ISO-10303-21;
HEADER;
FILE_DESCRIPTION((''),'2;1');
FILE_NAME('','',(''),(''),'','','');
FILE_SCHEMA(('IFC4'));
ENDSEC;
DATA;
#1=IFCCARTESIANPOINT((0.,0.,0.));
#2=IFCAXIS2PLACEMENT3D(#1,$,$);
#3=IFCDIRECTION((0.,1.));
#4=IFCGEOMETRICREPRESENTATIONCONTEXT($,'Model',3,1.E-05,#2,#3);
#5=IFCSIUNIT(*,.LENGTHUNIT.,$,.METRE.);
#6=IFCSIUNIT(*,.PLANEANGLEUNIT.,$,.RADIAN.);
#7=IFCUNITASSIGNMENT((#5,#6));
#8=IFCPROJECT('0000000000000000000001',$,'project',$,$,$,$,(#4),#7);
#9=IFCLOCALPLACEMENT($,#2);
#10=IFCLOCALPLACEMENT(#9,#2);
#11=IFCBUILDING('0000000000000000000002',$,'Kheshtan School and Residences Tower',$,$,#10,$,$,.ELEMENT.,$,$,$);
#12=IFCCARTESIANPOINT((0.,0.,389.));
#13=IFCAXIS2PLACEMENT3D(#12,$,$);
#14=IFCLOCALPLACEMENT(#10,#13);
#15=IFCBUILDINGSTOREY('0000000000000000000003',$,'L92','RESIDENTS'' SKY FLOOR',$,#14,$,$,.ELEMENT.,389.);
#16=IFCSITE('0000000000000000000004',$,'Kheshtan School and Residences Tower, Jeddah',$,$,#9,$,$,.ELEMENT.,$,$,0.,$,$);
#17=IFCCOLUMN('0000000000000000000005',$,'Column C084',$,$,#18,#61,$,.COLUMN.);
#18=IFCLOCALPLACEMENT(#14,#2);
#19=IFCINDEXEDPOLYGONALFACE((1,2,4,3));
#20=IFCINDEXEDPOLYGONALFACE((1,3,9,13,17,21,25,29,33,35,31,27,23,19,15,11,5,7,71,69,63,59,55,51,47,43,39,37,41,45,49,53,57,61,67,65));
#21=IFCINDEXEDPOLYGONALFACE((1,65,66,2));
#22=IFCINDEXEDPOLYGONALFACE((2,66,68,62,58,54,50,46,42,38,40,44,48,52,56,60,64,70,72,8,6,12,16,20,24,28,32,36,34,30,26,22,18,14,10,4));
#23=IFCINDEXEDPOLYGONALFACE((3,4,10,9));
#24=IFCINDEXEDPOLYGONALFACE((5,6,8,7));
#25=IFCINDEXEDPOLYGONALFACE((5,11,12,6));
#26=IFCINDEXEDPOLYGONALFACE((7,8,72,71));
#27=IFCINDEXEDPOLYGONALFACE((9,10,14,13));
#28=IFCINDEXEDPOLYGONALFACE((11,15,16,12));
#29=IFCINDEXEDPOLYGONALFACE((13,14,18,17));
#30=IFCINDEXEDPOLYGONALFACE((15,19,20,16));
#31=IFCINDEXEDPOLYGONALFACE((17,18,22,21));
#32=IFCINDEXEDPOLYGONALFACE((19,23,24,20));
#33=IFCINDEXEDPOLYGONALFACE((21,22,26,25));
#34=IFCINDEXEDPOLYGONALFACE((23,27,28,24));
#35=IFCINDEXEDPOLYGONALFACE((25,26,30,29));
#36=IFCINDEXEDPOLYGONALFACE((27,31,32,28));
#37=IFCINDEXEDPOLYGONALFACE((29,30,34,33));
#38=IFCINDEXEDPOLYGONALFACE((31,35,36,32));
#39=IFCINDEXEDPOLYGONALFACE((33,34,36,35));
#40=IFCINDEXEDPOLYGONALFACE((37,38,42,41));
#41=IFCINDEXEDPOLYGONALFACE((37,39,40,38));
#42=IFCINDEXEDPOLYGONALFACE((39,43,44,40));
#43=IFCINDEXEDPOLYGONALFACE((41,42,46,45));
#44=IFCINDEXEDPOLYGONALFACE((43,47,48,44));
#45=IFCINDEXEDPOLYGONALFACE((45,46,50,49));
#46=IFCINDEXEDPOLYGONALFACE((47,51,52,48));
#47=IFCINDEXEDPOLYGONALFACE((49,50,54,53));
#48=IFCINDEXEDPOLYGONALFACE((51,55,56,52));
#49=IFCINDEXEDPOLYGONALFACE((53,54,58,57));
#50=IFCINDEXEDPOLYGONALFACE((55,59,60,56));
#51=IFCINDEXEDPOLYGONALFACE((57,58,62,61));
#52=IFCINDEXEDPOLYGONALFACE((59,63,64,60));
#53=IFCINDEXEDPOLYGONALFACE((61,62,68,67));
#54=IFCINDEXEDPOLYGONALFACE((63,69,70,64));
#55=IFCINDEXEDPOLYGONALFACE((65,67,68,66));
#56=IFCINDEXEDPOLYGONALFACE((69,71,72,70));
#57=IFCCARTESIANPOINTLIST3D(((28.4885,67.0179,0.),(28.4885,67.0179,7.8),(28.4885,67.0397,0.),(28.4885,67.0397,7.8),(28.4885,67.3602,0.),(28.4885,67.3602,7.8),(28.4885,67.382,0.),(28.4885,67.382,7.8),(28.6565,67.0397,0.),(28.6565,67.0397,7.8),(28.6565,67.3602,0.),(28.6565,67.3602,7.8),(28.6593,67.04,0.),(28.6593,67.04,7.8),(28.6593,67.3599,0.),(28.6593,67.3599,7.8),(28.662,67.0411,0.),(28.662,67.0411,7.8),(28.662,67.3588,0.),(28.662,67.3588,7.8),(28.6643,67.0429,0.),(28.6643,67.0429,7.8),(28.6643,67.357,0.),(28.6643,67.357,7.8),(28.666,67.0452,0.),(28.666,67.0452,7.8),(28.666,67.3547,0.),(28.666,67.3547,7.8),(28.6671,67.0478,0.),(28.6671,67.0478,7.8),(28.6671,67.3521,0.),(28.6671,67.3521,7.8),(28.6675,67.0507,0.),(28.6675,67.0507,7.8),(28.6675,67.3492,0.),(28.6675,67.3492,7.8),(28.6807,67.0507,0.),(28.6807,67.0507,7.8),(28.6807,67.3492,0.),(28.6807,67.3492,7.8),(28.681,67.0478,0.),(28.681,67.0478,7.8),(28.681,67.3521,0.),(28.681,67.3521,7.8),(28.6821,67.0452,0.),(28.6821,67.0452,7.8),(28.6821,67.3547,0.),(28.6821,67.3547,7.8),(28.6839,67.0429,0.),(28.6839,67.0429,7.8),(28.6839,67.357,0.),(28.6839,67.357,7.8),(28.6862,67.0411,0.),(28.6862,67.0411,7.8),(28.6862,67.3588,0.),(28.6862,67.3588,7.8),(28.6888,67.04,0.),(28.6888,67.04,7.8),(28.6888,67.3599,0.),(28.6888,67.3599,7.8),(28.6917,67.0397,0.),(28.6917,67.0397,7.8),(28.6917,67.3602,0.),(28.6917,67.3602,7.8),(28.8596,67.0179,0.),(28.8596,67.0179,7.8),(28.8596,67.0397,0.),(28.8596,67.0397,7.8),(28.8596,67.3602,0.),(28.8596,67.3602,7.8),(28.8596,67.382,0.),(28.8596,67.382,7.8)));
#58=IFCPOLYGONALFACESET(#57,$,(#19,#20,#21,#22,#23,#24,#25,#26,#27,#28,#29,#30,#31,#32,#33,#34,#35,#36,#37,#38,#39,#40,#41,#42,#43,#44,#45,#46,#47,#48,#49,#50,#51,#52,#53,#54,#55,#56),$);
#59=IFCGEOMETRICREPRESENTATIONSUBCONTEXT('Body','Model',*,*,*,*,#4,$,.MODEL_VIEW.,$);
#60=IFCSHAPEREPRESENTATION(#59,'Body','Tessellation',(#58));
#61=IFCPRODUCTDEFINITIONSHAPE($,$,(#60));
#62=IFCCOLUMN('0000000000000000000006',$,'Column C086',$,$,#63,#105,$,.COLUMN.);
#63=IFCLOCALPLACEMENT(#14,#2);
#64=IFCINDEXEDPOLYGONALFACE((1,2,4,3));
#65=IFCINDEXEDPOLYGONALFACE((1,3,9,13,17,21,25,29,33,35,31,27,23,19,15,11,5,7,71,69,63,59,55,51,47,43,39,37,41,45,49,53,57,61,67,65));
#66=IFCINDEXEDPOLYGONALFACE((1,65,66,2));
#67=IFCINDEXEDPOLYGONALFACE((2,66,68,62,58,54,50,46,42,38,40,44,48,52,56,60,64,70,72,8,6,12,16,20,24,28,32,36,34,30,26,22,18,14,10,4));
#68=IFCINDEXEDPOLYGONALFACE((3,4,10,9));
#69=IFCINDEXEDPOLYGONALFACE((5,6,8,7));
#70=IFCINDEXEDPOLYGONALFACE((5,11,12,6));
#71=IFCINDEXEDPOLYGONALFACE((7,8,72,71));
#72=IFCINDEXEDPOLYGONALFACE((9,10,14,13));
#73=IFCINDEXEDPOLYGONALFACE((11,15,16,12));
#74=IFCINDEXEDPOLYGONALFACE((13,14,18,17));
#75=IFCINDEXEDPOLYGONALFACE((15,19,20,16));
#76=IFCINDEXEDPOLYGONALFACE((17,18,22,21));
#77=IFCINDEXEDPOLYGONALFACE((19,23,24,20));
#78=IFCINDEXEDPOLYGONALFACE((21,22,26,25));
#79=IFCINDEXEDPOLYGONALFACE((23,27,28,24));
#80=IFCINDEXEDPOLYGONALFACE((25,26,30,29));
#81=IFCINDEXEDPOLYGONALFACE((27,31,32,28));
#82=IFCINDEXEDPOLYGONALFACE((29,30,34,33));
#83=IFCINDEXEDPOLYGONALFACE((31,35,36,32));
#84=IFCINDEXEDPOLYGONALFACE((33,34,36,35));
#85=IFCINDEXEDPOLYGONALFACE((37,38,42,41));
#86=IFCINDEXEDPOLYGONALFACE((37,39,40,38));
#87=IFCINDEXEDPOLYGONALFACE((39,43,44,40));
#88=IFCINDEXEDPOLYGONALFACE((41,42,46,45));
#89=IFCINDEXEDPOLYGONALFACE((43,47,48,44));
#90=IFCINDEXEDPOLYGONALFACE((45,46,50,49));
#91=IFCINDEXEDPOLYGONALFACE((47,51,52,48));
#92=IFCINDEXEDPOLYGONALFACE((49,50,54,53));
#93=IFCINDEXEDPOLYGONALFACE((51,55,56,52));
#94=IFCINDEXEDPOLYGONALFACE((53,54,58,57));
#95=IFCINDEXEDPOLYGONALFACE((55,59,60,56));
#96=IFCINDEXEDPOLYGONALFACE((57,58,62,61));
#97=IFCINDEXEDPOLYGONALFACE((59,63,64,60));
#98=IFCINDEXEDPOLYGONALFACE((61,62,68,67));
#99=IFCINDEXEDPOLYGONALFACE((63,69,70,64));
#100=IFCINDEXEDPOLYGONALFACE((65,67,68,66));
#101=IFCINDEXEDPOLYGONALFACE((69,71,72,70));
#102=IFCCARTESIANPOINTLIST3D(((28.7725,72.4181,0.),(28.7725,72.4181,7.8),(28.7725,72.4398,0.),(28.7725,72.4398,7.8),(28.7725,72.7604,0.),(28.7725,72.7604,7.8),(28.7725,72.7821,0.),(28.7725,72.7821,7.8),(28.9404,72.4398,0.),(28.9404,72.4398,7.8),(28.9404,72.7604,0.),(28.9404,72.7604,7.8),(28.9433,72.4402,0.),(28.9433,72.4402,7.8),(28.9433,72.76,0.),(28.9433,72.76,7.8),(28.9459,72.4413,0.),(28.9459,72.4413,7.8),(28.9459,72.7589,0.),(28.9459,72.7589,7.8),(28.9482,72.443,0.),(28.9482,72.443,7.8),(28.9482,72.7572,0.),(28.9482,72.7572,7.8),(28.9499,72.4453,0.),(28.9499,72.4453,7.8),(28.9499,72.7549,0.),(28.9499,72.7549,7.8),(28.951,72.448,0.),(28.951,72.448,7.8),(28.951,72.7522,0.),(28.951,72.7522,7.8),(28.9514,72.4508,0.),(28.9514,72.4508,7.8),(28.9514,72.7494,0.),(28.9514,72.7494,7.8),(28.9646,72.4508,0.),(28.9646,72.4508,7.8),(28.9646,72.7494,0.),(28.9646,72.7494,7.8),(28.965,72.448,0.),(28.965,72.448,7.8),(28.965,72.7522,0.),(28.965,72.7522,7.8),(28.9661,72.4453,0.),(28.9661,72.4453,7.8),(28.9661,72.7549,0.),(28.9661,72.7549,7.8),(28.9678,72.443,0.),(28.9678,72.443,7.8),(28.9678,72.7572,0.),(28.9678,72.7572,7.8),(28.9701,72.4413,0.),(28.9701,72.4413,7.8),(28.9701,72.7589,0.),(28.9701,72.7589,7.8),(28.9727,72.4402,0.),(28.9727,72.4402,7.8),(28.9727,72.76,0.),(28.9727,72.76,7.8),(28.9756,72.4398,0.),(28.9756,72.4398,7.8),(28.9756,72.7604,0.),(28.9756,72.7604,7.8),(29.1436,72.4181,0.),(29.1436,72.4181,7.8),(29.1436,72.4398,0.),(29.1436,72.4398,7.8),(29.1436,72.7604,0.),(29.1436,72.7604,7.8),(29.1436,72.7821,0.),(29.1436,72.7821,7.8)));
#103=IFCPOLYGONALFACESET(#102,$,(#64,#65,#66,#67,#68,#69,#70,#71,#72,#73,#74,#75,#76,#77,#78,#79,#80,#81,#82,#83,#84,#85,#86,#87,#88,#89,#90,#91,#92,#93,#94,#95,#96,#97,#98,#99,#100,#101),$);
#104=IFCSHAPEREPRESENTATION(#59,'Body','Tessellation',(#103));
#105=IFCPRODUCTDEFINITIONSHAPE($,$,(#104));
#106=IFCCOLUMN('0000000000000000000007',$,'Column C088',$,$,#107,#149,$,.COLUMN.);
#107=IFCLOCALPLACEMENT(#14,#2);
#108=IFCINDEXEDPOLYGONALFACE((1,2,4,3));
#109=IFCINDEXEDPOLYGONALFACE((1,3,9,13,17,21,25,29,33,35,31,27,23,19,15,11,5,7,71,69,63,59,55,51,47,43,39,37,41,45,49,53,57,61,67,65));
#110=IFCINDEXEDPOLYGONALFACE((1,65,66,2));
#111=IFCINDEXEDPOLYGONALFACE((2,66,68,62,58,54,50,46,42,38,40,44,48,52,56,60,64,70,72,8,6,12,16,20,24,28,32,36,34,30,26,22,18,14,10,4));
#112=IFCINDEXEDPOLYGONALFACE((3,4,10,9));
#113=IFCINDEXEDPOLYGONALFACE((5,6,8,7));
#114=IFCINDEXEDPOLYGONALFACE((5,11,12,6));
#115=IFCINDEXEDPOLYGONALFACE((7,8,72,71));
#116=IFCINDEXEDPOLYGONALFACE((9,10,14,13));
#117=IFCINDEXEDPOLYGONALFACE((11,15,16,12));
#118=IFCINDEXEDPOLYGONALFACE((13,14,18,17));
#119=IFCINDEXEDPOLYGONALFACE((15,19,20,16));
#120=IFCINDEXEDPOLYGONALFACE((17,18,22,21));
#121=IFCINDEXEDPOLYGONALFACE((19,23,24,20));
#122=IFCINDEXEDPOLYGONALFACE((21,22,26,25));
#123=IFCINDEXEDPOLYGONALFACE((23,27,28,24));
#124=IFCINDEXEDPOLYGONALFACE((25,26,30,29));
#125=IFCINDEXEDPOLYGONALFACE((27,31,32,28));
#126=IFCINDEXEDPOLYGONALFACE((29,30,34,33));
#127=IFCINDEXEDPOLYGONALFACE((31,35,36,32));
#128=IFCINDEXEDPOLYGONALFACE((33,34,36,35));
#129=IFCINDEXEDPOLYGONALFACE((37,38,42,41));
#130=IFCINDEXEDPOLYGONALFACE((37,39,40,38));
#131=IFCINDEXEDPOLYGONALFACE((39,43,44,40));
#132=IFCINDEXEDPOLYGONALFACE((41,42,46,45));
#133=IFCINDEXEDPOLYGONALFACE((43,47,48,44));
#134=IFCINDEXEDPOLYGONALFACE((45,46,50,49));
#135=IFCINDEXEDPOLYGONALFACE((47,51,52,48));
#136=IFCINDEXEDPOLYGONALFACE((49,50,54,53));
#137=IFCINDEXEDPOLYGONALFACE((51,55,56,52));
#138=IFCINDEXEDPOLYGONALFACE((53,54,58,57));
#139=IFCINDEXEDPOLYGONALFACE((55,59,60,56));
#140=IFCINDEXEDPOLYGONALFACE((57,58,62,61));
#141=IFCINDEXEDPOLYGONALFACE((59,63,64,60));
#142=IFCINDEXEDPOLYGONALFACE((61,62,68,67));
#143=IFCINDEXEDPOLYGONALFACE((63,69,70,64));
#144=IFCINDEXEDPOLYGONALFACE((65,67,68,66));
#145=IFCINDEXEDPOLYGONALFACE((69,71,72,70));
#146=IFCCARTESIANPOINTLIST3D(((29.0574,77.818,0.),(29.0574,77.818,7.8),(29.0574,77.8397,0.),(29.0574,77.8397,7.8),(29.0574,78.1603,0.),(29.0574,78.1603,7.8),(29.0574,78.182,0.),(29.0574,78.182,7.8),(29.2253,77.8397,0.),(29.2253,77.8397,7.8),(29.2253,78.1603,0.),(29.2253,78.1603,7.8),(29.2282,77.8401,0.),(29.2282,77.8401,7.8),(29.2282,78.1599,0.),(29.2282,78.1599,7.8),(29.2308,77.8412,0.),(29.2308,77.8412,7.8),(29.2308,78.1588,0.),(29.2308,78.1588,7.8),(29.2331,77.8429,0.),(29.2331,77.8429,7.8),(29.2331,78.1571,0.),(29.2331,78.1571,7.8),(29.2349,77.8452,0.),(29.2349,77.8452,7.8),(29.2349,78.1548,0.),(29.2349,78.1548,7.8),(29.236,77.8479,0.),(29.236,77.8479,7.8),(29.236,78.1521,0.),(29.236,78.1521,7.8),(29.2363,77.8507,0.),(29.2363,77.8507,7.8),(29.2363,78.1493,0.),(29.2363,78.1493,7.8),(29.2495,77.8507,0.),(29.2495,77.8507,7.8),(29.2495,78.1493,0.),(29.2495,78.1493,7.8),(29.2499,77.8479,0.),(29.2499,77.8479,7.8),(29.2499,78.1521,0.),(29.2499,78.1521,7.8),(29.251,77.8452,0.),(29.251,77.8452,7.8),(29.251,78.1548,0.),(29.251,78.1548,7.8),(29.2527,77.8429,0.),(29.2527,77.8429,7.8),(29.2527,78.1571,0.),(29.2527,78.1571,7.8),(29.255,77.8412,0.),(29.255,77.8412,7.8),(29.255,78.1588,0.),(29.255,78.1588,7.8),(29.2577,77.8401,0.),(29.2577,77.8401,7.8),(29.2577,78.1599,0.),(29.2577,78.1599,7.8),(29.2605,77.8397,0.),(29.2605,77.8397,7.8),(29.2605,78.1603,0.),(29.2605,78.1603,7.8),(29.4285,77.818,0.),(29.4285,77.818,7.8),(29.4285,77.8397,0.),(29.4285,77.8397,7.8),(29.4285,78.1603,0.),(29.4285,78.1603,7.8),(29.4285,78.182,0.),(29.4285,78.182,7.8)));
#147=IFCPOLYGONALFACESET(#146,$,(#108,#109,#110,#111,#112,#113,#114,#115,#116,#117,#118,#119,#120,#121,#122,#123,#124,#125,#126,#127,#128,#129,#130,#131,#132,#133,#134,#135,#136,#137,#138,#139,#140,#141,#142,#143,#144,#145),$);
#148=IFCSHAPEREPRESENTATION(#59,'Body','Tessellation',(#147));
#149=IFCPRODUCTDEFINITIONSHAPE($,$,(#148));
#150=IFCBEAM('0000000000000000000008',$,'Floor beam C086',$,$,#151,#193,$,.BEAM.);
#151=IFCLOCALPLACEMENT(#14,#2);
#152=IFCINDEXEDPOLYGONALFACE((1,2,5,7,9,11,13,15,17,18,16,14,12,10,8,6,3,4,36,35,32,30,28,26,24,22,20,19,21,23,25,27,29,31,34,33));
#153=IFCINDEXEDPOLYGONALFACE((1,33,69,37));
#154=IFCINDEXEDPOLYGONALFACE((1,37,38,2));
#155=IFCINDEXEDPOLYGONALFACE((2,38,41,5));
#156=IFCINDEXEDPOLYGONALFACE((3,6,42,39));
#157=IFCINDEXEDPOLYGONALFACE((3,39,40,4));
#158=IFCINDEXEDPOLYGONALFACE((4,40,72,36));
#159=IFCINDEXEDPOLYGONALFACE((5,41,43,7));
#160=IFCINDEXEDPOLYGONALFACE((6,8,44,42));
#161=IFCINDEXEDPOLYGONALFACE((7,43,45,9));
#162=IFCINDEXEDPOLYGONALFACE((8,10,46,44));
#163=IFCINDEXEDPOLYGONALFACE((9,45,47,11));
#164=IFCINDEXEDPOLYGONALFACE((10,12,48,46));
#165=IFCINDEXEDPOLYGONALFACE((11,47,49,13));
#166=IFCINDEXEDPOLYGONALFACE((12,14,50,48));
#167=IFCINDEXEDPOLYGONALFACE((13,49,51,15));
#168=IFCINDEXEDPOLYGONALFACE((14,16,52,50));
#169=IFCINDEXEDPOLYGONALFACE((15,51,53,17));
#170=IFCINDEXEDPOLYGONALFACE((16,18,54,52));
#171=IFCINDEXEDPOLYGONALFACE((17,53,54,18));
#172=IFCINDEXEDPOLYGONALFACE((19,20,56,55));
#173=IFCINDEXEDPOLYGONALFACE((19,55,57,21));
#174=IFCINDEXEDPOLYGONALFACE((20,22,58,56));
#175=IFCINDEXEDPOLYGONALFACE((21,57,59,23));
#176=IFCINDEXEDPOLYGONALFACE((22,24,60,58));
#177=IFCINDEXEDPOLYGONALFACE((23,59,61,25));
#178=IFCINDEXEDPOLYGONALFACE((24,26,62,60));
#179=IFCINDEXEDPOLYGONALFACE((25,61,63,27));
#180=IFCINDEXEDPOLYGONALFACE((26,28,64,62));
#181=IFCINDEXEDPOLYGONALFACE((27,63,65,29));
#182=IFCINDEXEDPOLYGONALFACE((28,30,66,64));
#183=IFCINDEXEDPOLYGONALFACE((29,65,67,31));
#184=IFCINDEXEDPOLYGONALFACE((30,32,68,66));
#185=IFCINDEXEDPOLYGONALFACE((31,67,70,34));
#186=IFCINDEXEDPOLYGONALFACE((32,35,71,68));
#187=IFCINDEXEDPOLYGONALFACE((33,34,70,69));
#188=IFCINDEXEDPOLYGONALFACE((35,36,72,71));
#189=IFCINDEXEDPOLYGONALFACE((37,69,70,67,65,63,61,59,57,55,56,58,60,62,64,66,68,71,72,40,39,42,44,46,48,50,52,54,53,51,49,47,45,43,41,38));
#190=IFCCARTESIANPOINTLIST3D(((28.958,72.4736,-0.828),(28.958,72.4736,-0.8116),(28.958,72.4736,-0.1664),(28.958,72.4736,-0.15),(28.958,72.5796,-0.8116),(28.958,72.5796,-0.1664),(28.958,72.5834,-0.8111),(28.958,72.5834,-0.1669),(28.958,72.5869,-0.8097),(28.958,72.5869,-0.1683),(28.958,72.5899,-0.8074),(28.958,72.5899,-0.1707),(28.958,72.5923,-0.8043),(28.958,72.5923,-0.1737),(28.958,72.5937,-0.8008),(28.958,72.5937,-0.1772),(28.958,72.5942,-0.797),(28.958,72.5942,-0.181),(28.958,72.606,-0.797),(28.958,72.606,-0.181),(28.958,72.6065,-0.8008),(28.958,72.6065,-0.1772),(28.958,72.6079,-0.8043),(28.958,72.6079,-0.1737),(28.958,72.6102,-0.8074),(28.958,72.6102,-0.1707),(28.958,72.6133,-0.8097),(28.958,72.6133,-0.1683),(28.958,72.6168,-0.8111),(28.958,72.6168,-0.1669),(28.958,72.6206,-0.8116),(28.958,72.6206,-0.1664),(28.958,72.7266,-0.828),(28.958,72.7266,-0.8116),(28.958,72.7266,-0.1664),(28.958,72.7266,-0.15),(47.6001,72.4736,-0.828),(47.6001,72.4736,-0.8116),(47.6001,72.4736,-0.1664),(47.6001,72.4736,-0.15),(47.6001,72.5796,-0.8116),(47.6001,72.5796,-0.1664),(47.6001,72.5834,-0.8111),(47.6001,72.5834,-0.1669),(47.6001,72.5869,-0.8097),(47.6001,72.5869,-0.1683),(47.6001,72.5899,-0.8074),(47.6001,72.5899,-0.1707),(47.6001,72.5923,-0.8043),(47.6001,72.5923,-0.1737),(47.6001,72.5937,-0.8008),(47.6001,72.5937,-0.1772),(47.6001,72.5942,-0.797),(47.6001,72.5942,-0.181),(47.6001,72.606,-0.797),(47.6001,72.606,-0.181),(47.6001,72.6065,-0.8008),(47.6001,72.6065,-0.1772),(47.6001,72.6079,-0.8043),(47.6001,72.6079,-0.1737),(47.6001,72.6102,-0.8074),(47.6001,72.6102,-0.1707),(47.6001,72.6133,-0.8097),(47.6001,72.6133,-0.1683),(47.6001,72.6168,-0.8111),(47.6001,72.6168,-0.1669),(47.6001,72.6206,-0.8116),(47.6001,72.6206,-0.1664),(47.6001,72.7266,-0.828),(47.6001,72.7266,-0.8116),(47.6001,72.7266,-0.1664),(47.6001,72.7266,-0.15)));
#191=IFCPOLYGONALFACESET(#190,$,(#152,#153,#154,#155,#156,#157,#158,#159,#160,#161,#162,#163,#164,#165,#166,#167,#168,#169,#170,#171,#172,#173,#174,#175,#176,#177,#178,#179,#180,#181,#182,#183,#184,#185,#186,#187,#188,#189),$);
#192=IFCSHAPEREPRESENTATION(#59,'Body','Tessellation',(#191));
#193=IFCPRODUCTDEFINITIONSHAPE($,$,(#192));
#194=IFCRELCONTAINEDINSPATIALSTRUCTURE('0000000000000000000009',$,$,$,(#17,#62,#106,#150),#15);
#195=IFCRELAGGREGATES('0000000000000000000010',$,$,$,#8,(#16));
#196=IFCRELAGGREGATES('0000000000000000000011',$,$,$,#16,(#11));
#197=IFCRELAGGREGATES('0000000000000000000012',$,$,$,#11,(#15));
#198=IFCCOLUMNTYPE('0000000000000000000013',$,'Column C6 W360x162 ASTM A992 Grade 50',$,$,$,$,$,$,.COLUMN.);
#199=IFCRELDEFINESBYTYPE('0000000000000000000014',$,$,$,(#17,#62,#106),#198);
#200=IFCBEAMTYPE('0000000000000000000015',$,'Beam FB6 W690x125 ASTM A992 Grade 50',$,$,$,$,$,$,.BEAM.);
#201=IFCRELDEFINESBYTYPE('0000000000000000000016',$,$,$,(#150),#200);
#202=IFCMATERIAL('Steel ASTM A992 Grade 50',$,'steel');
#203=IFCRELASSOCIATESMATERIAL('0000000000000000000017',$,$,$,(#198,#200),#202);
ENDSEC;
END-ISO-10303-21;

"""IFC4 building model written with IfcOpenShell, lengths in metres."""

from ifc_helpers import new_model, si_unit, direction, frame, origin, origin_2d, place, context, subcontext, project, spatial, i_section, extrude, material, material_profile, profile_set, type_object, element, save


model = new_model("IFC4")

# Units and contexts
model_context = context("Model", 3, precision=1e-05, world=origin(), true_north=direction((0.0, 1.0)))
body_context = subcontext(model_context, "Body", "Model", "MODEL_VIEW")
ifc_project = project(units=[si_unit("LENGTHUNIT", "METRE"), si_unit("PLANEANGLEUNIT", "RADIAN")], contexts=[model_context])

# Site, building, storey
site_placement = place(None, origin())
site = spatial("IfcSite", under=ifc_project, at=site_placement, Name="Kheshtan School and Residences Tower, Jeddah", CompositionType="ELEMENT", RefElevation=0.0)
building_placement = place(site_placement, origin())
building = spatial("IfcBuilding", under=site, at=building_placement, Name="Kheshtan School and Residences Tower", CompositionType="ELEMENT")
storey_placement = place(building_placement, frame((0.0, 0.0, 389.0)))
storey = spatial("IfcBuildingStorey", under=building, at=storey_placement, Name="L92", Description="RESIDENTS' SKY FLOOR", CompositionType="ELEMENT", Elevation=389.0)

# Columns
ifc_material_1 = material(Name="Steel ASTM A992 Grade 50", Category="steel")
ifc_material_profile_1 = material_profile(ifc_material_1, i_section(OverallWidth=0.3711, OverallDepth=0.364, WebThickness=0.0132, FlangeThickness=0.0217, FilletRadius=0.011, at=origin_2d()), Name="W360x162")
ifc_profile_set_1 = profile_set([ifc_material_profile_1], Name="Steel ASTM A992 Grade 50")
column_type = type_object("IfcColumnType", Name="Column C6 W360x162 ASTM A992 Grade 50", PredefinedType="COLUMN", material=ifc_profile_set_1)
for number, where, z_axis, x_axis, name in (
    (1, (28.6741, 67.2, 0.0), (0.0, 0.0, 1.0), (1.0, 0.0, 0.0), "Column C084"),
    (2, (28.958, 72.6001, 0.0), (0.0, 0.0, 1.0), (1.0, 0.0, 0.0), "Column C086"),
    (3, (29.2429, 78.0, 0.0), (0.0, 0.0, 1.0), (1.0, 0.0, 0.0), "Column C088"),
):
    element("IfcColumn", number, at=place(storey_placement, frame(where, z_axis=z_axis, x_axis=x_axis)), inside=storey, type_object=column_type, Name=name, PredefinedType="COLUMN", context=body_context, shape_type="SweptSolid", body=[
        extrude(i_section(OverallWidth=0.3711, OverallDepth=0.364, WebThickness=0.0132, FlangeThickness=0.0217, FilletRadius=0.011, at=origin_2d()), origin(), (0.0, 0.0, 1.0), 7.8),
    ])

# Beam
ifc_material_profile_2 = material_profile(ifc_material_1, i_section(OverallWidth=0.2529, OverallDepth=0.678, WebThickness=0.0117, FlangeThickness=0.0164, FilletRadius=0.0146, at=origin_2d()), Name="W690x125")
ifc_profile_set_2 = profile_set([ifc_material_profile_2], Name="Steel ASTM A992 Grade 50")
beam_type_1 = type_object("IfcBeamType", Name="Beam FB6 W690x125 ASTM A992 Grade 50", PredefinedType="BEAM", material=ifc_profile_set_2)
beam_1_placement = place(storey_placement, frame((28.958, 72.6001, -0.489), z_axis=(1.0, 0.0, 0.0), x_axis=(0.0, 1.0, 0.0)))
element("IfcBeam", 4, at=beam_1_placement, inside=storey, type_object=beam_type_1, Name="Floor beam C086", PredefinedType="BEAM", context=body_context, shape_type="SweptSolid", body=[
    extrude(i_section(OverallWidth=0.2529, OverallDepth=0.678, WebThickness=0.0117, FlangeThickness=0.0164, FilletRadius=0.0146, at=origin_2d()), origin(), (0.0, 0.0, 1.0), 18.6421),
])

save(model, "model.ifc")
